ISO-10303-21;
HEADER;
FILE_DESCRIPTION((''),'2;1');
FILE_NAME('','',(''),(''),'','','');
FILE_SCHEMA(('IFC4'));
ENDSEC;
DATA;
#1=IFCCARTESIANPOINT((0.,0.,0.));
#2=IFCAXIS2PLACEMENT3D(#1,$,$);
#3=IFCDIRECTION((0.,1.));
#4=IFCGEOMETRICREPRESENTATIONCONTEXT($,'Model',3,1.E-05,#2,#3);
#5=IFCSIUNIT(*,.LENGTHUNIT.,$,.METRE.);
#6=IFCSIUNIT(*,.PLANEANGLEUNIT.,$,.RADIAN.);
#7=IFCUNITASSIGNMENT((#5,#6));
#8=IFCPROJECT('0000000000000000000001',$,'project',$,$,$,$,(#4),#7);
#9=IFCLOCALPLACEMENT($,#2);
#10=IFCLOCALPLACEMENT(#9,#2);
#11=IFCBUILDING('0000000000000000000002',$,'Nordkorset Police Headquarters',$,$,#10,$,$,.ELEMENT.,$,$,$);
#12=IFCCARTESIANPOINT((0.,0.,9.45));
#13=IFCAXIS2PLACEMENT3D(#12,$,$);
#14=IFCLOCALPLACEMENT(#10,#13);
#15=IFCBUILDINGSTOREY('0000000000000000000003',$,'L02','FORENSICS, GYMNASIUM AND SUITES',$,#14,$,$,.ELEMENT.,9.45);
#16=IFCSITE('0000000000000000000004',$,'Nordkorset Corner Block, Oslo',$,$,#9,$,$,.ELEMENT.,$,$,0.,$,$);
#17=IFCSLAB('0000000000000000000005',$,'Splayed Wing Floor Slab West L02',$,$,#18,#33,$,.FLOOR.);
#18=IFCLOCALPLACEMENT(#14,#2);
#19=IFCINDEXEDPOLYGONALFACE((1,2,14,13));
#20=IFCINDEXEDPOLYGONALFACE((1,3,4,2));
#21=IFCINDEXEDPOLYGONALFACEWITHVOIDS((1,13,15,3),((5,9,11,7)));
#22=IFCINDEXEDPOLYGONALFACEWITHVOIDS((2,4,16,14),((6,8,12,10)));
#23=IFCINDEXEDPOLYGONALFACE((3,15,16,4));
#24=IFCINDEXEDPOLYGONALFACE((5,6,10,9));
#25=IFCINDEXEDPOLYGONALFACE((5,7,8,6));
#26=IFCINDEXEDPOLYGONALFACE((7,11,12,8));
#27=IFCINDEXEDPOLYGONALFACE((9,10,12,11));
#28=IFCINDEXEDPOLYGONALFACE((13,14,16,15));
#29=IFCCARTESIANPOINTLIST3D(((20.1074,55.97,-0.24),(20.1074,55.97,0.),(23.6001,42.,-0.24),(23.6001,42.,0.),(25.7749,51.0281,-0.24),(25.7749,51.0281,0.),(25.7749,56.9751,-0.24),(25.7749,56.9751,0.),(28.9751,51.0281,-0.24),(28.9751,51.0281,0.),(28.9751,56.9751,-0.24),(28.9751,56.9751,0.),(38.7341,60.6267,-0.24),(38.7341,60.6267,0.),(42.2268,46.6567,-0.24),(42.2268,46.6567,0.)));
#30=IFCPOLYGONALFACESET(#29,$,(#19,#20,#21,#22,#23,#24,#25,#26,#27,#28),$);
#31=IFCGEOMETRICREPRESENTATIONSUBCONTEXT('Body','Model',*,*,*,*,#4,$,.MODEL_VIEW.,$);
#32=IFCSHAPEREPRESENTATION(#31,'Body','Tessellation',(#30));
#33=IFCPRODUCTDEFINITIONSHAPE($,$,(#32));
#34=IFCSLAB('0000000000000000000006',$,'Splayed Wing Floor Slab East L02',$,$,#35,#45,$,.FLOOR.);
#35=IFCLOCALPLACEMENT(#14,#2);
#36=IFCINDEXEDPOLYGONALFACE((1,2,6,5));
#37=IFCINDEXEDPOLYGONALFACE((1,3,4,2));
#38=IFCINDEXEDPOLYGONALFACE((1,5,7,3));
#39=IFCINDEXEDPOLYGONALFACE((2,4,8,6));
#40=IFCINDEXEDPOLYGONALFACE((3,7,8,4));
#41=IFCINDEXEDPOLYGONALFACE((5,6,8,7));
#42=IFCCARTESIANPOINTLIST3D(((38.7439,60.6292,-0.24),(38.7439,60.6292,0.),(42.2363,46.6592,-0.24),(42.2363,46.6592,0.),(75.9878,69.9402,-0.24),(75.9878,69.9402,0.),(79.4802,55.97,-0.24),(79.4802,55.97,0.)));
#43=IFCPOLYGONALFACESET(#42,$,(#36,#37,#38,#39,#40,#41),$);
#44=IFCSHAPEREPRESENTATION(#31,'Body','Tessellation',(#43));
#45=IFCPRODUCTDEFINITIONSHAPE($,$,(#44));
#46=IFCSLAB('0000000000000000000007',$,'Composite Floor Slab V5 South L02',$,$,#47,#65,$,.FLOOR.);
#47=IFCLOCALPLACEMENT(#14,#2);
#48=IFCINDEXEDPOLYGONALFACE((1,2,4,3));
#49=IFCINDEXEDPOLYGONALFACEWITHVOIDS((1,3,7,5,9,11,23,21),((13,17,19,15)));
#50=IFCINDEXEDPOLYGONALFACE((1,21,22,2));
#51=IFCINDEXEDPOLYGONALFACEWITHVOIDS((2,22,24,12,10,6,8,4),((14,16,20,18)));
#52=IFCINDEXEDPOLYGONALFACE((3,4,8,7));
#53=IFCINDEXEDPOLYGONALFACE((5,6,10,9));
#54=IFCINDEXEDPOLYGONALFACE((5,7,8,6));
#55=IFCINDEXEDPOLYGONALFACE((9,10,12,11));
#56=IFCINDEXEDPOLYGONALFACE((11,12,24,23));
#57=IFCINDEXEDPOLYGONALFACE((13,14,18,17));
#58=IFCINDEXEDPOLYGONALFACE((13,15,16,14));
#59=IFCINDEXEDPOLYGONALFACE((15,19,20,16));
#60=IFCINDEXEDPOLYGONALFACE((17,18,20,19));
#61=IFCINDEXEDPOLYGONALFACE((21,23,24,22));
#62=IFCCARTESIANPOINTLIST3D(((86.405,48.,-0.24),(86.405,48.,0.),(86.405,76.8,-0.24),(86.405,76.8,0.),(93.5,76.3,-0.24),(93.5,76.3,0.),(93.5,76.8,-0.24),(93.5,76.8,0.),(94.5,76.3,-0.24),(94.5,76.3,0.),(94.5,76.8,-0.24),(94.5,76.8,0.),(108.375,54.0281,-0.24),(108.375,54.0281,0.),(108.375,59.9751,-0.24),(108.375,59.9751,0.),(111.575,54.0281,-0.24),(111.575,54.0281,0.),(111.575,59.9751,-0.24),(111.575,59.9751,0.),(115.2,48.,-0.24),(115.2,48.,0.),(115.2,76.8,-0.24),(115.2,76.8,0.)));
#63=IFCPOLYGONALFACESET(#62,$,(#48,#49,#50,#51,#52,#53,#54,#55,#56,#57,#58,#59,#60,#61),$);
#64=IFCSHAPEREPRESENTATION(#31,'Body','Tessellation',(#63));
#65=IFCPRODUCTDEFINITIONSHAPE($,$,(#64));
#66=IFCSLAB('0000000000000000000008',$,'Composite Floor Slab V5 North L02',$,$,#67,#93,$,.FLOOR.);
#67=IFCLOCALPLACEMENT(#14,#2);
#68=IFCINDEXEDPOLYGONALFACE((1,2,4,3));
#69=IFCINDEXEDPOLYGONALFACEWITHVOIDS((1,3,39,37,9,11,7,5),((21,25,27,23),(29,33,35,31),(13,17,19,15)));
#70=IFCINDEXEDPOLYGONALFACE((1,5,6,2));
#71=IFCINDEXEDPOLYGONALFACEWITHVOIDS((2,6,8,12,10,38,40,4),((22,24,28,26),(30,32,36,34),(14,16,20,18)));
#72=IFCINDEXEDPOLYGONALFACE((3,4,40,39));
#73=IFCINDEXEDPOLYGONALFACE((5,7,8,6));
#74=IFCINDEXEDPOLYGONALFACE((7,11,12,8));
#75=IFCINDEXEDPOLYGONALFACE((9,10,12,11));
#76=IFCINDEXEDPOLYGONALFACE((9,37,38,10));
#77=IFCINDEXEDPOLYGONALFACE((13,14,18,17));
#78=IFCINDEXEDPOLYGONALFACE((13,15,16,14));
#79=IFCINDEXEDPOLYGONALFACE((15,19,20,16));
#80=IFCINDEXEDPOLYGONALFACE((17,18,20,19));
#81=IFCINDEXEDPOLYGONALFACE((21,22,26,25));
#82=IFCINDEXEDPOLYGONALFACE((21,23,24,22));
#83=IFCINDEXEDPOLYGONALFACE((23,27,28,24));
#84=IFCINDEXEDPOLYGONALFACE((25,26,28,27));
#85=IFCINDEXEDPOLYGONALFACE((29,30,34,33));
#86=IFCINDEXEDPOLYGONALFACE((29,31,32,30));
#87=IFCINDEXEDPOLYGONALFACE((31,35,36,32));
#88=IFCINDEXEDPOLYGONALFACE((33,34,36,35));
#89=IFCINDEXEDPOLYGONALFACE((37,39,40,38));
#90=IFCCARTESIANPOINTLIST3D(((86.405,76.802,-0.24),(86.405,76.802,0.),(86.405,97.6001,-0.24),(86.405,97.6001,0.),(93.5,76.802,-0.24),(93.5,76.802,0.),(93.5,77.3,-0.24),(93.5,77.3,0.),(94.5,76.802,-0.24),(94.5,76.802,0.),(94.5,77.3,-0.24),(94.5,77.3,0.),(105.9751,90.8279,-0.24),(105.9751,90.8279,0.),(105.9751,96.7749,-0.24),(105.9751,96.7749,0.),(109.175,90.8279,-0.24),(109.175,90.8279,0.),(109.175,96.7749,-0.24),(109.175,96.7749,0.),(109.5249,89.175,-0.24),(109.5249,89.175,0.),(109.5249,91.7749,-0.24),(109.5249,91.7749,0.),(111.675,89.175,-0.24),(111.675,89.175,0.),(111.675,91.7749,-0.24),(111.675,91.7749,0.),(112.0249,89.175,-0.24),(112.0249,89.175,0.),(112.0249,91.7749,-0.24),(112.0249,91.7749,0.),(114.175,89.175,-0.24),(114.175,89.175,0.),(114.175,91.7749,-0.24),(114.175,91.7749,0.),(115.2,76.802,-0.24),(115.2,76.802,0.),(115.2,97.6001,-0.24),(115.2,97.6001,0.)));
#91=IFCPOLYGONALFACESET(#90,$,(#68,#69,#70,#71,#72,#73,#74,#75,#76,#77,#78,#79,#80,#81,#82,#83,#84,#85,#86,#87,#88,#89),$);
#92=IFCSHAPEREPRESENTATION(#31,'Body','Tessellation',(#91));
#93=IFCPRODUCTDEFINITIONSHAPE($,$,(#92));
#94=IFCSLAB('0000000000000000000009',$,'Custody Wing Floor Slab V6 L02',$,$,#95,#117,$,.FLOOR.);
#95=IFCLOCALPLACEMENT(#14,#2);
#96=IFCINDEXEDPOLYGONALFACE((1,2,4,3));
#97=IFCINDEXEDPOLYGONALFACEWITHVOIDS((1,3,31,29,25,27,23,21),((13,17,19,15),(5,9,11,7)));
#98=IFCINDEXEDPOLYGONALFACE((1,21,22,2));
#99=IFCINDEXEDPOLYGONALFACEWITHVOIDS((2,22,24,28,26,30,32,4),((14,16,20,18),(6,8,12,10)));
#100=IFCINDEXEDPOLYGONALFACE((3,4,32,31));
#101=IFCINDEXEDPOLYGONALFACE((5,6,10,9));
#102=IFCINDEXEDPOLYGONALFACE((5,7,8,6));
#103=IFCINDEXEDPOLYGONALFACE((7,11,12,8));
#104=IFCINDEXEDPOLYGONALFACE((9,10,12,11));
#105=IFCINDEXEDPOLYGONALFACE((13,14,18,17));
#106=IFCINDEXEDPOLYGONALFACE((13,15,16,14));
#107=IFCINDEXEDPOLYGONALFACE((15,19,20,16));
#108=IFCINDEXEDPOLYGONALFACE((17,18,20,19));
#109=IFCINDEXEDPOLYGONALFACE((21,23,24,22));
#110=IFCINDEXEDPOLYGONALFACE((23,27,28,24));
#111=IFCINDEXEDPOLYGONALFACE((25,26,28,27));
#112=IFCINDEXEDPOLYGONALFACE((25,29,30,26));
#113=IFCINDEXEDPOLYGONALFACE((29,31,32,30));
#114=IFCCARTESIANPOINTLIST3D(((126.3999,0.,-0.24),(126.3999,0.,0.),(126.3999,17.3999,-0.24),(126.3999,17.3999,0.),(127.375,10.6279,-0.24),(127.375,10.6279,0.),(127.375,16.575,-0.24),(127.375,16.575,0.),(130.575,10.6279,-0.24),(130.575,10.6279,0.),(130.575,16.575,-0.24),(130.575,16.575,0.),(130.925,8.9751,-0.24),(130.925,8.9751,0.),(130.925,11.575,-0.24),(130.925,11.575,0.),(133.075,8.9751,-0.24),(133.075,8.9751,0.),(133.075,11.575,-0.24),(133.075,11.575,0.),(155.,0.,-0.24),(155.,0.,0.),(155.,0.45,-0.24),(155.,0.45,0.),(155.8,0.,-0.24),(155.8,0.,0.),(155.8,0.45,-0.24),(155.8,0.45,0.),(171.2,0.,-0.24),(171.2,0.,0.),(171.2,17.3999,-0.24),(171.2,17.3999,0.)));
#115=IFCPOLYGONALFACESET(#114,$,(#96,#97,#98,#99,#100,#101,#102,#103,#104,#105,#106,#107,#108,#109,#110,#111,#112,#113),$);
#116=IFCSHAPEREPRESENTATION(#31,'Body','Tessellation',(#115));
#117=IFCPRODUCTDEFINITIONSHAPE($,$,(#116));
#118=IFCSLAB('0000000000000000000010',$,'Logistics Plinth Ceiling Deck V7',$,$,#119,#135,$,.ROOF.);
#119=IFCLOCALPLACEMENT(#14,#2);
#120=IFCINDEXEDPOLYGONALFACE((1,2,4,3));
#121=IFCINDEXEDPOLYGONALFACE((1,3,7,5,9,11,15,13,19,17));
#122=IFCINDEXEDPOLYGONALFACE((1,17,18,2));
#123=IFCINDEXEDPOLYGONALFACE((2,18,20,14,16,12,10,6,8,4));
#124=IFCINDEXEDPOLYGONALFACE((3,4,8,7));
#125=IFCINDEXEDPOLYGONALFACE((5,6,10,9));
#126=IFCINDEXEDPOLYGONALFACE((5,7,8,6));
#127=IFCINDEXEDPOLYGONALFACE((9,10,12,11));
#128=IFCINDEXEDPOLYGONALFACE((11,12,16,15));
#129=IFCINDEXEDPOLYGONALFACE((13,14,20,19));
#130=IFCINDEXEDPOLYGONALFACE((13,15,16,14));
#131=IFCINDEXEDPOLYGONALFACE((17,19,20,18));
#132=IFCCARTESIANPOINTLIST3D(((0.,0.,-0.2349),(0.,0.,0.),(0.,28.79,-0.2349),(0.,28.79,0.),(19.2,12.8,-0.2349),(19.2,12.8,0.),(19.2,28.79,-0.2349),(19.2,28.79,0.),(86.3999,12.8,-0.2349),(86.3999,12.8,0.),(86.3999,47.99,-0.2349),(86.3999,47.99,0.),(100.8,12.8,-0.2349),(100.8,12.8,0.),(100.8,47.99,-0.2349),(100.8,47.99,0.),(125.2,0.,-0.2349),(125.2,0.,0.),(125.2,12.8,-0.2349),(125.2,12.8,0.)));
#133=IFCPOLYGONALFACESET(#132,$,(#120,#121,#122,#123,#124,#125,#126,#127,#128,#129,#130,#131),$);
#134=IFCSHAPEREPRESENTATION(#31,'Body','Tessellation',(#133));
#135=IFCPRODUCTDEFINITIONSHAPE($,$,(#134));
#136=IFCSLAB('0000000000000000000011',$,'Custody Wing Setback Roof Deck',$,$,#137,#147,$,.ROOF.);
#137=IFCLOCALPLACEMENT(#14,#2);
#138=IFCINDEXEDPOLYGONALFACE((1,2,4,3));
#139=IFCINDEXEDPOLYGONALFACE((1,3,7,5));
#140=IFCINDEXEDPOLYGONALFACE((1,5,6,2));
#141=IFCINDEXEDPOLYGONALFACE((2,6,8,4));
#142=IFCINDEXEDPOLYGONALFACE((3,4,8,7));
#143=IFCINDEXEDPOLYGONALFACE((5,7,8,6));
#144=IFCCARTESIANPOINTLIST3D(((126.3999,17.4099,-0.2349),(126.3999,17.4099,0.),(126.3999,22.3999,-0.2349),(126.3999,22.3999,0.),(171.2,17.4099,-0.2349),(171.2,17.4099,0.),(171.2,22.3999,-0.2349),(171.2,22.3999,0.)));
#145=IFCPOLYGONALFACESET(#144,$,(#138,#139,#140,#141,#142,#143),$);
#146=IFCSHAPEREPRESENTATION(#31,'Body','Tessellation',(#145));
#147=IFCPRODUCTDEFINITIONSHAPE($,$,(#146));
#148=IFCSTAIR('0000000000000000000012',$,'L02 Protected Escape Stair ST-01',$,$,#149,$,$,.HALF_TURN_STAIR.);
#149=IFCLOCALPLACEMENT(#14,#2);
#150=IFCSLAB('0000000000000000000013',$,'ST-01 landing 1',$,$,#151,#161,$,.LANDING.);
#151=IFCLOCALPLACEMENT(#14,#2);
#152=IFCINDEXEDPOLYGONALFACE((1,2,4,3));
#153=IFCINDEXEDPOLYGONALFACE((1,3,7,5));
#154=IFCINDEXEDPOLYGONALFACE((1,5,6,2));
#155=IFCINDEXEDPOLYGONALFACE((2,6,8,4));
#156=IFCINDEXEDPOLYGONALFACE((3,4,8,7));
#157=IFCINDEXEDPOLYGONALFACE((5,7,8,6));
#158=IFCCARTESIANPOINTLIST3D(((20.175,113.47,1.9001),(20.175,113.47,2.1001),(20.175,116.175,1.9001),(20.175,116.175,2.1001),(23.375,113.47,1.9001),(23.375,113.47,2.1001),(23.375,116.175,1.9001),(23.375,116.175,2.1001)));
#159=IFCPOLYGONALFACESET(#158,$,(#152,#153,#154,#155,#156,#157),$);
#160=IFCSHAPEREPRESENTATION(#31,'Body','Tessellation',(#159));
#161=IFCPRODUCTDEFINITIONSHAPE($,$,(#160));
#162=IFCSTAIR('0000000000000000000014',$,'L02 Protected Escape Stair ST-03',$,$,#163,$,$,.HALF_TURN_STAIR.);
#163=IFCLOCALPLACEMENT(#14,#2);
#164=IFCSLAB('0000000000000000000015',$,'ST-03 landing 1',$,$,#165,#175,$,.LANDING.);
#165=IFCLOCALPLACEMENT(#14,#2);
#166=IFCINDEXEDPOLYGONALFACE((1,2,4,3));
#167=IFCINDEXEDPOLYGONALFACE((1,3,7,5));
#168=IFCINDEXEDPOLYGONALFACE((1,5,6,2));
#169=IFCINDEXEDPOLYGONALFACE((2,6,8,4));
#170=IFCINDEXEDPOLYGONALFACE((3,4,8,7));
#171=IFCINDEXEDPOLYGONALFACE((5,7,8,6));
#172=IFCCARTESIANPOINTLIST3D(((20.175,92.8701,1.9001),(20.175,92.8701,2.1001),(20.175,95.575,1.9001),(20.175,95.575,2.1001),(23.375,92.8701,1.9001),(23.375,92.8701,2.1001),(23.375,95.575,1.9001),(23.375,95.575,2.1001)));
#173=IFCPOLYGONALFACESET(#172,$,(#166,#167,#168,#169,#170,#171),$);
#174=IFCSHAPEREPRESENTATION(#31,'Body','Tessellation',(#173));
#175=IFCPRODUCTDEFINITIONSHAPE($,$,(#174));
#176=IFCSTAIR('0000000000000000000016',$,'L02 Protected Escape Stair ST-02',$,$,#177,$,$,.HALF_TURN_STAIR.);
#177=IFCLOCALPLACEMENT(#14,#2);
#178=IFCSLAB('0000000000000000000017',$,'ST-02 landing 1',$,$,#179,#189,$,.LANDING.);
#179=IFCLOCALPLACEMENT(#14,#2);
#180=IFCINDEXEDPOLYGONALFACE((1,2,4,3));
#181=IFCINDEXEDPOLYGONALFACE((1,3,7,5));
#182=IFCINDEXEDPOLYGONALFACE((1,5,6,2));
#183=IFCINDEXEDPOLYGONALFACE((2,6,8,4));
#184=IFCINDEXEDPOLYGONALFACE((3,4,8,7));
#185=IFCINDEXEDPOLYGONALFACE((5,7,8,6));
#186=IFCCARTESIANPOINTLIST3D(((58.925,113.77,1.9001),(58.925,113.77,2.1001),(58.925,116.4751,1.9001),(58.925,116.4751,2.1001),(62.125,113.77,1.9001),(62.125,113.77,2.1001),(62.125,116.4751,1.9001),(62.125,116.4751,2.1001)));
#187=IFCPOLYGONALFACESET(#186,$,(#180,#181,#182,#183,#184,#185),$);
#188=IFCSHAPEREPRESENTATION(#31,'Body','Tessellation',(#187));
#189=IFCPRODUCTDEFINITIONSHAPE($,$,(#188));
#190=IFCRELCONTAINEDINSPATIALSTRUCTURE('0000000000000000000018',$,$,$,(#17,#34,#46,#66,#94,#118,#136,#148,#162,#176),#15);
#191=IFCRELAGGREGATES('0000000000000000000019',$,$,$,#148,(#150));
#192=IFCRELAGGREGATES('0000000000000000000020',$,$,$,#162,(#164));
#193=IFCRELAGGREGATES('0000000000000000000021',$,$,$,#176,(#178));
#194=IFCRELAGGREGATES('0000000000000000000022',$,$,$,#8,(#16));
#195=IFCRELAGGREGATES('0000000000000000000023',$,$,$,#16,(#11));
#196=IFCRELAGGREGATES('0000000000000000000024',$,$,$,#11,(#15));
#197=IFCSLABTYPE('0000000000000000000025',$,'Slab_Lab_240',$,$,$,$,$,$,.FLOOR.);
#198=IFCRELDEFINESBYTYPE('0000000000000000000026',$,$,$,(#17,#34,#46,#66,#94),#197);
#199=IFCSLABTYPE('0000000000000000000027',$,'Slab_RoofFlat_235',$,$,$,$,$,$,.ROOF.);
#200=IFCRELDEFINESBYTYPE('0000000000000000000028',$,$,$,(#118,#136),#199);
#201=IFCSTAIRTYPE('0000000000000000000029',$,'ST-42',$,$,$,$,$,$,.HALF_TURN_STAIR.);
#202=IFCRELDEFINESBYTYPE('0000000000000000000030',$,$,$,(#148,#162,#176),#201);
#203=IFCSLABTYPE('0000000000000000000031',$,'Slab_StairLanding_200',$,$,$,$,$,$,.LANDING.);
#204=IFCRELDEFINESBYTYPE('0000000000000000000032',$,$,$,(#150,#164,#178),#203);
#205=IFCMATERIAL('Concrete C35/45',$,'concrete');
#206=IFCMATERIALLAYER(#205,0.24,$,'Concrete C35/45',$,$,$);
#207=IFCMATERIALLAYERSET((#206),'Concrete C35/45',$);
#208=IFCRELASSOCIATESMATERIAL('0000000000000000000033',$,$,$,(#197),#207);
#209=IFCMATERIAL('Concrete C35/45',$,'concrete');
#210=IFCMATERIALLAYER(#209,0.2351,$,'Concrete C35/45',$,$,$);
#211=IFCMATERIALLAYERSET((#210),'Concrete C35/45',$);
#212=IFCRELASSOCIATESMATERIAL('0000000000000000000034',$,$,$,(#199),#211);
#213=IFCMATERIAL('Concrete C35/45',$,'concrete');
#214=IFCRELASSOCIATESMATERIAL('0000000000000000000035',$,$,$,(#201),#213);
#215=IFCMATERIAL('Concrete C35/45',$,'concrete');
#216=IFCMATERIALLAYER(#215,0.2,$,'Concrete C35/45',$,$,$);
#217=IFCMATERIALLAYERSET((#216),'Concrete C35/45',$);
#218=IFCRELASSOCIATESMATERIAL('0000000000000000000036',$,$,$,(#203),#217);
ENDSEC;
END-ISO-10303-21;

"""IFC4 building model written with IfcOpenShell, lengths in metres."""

from ifc_helpers import new_model, si_unit, direction, frame, origin, place, context, subcontext, project, spatial, polyline, outline, extrude, material, layer, layer_set, type_object, element, aggregate, save


model = new_model("IFC4")

# Units and contexts
model_context = context("Model", 3, precision=1e-05, world=origin(), true_north=direction((0.0, 1.0)))
body_context = subcontext(model_context, "Body", "Model", "MODEL_VIEW")
ifc_project = project(units=[si_unit("LENGTHUNIT", "METRE"), si_unit("PLANEANGLEUNIT", "RADIAN")], contexts=[model_context])

# Site, building, storey
site_placement = place(None, origin())
site = spatial("IfcSite", under=ifc_project, at=site_placement, Name="Nordkorset Corner Block, Oslo", CompositionType="ELEMENT", RefElevation=0.0)
building_placement = place(site_placement, origin())
building = spatial("IfcBuilding", under=site, at=building_placement, Name="Nordkorset Police Headquarters", CompositionType="ELEMENT")
storey_placement = place(building_placement, frame((0.0, 0.0, 9.45)))
storey = spatial("IfcBuildingStorey", under=building, at=storey_placement, Name="L02", Description="FORENSICS, GYMNASIUM AND SUITES", CompositionType="ELEMENT", Elevation=9.45)

# Slabs
ifc_material_1 = material(Name="Concrete C35/45", Category="concrete")
ifc_layer_1 = layer(ifc_material_1, 0.24, Name="Concrete C35/45")
ifc_layer_set_1 = layer_set([ifc_layer_1], Name="Concrete C35/45")
slab_type_1 = type_object("IfcSlabType", Name="Slab_Lab_240", PredefinedType="FLOOR", material=ifc_layer_set_1)
slab_1_placement = place(storey_placement, frame((0.0, 0.0, -0.24)))
element("IfcSlab", 1, at=slab_1_placement, inside=storey, type_object=slab_type_1, Name="Splayed Wing Floor Slab West L02", PredefinedType="FLOOR", context=body_context, shape_type="SweptSolid", body=[
    extrude(outline(polyline([(20.1074, 55.97), (38.7341, 60.6267), (42.2268, 46.6567), (23.6001, 42.0), (20.1074, 55.97)]), holes=[polyline([(28.9751, 56.9751), (25.7749, 56.9751), (25.7749, 51.0281), (28.9751, 51.0281), (28.9751, 56.9751)])]), origin(), (0.0, 0.0, 1.0), 0.24),
])
slab_2_placement = place(storey_placement, frame((0.0, 0.0, -0.24)))
element("IfcSlab", 2, at=slab_2_placement, inside=storey, type_object=slab_type_1, Name="Splayed Wing Floor Slab East L02", PredefinedType="FLOOR", context=body_context, shape_type="SweptSolid", body=[
    extrude(outline(polyline([(42.2363, 46.6592), (79.4802, 55.97), (75.9878, 69.9402), (38.7439, 60.6292), (42.2363, 46.6592)])), origin(), (0.0, 0.0, 1.0), 0.24),
])
slab_3_placement = place(storey_placement, frame((0.0, 0.0, -0.24)))
element("IfcSlab", 3, at=slab_3_placement, inside=storey, type_object=slab_type_1, Name="Composite Floor Slab V5 South L02", PredefinedType="FLOOR", context=body_context, shape_type="SweptSolid", body=[
    extrude(outline(polyline([(86.405, 76.8), (93.5, 76.8), (93.5, 76.3), (94.5, 76.3), (94.5, 76.8), (115.2, 76.8), (115.2, 48.0), (86.405, 48.0), (86.405, 76.8)]), holes=[polyline([(111.575, 59.9751), (108.375, 59.9751), (108.375, 54.0281), (111.575, 54.0281), (111.575, 59.9751)])]), origin(), (0.0, 0.0, 1.0), 0.24),
])
slab_4_placement = place(storey_placement, frame((0.0, 0.0, -0.24)))
element("IfcSlab", 4, at=slab_4_placement, inside=storey, type_object=slab_type_1, Name="Composite Floor Slab V5 North L02", PredefinedType="FLOOR", context=body_context, shape_type="SweptSolid", body=[
    extrude(outline(polyline([(115.2, 76.802), (94.5, 76.802), (94.5, 77.3), (93.5, 77.3), (93.5, 76.802), (86.405, 76.802), (86.405, 97.6001), (115.2, 97.6001), (115.2, 76.802)]), holes=[polyline([(105.9751, 90.8279), (109.175, 90.8279), (109.175, 96.7749), (105.9751, 96.7749), (105.9751, 90.8279)]), polyline([(109.5249, 91.7749), (109.5249, 89.175), (111.675, 89.175), (111.675, 91.7749), (109.5249, 91.7749)]), polyline([(114.175, 91.7749), (112.0249, 91.7749), (112.0249, 89.175), (114.175, 89.175), (114.175, 91.7749)])]), origin(), (0.0, 0.0, 1.0), 0.24),
])
slab_5_placement = place(storey_placement, frame((0.0, 0.0, -0.24)))
element("IfcSlab", 5, at=slab_5_placement, inside=storey, type_object=slab_type_1, Name="Custody Wing Floor Slab V6 L02", PredefinedType="FLOOR", context=body_context, shape_type="SweptSolid", body=[
    extrude(outline(polyline([(171.2, 17.3999), (171.2, 0.0), (155.8, 0.0), (155.8, 0.45), (155.0, 0.45), (155.0, 0.0), (126.3999, 0.0), (126.3999, 17.3999), (171.2, 17.3999)]), holes=[polyline([(127.375, 16.575), (127.375, 10.6279), (130.575, 10.6279), (130.575, 16.575), (127.375, 16.575)]), polyline([(133.075, 11.575), (130.925, 11.575), (130.925, 8.9751), (133.075, 8.9751), (133.075, 11.575)])]), origin(), (0.0, 0.0, 1.0), 0.24),
])
ifc_material_2 = material(Name="Concrete C35/45", Category="concrete")
ifc_layer_2 = layer(ifc_material_2, 0.2351, Name="Concrete C35/45")
ifc_layer_set_2 = layer_set([ifc_layer_2], Name="Concrete C35/45")
slab_type_2 = type_object("IfcSlabType", Name="Slab_RoofFlat_235", PredefinedType="ROOF", material=ifc_layer_set_2)
slab_6_placement = place(storey_placement, frame((0.0, 0.0, -0.2349)))
element("IfcSlab", 6, at=slab_6_placement, inside=storey, type_object=slab_type_2, Name="Logistics Plinth Ceiling Deck V7", PredefinedType="ROOF", context=body_context, shape_type="SweptSolid", body=[
    extrude(outline(polyline([(0.0, 0.0), (125.2, 0.0), (125.2, 12.8), (100.8, 12.8), (100.8, 47.99), (86.3999, 47.99), (86.3999, 12.8), (19.2, 12.8), (19.2, 28.79), (0.0, 28.79), (0.0, 0.0)])), origin(), (0.0, 0.0, 1.0), 0.2349),
])
slab_7_placement = place(storey_placement, frame((0.0, 0.0, -0.2349)))
element("IfcSlab", 7, at=slab_7_placement, inside=storey, type_object=slab_type_2, Name="Custody Wing Setback Roof Deck", PredefinedType="ROOF", context=body_context, shape_type="SweptSolid", body=[
    extrude(outline(polyline([(126.3999, 17.4099), (171.2, 17.4099), (171.2, 22.3999), (126.3999, 22.3999), (126.3999, 17.4099)])), origin(), (0.0, 0.0, 1.0), 0.2349),
])

# Stairs, slabs
ifc_material_3 = material(Name="Concrete C35/45", Category="concrete")
stair_type = type_object("IfcStairType", Name="ST-42", PredefinedType="HALF_TURN_STAIR", material=ifc_material_3)
stair_1_placement = place(storey_placement, origin())
stair_1 = element("IfcStair", 8, at=stair_1_placement, inside=storey, type_object=stair_type, Name="L02 Protected Escape Stair ST-01", PredefinedType="HALF_TURN_STAIR")
ifc_material_4 = material(Name="Concrete C35/45", Category="concrete")
ifc_layer_3 = layer(ifc_material_4, 0.2, Name="Concrete C35/45")
ifc_layer_set_3 = layer_set([ifc_layer_3], Name="Concrete C35/45")
slab_type_3 = type_object("IfcSlabType", Name="Slab_StairLanding_200", PredefinedType="LANDING", material=ifc_layer_set_3)
slab_8_placement = place(storey_placement, frame((0.0, 0.0, 1.9001)))
slab_8 = element("IfcSlab", 9, at=slab_8_placement, type_object=slab_type_3, Name="ST-01 landing 1", PredefinedType="LANDING", context=body_context, shape_type="SweptSolid", body=[
    extrude(outline(polyline([(23.375, 113.47), (23.375, 116.175), (20.175, 116.175), (20.175, 113.47), (23.375, 113.47)])), origin(), (0.0, 0.0, 1.0), 0.2),
])
aggregate(stair_1, [slab_8])
stair_2_placement = place(storey_placement, origin())
stair_2 = element("IfcStair", 10, at=stair_2_placement, inside=storey, type_object=stair_type, Name="L02 Protected Escape Stair ST-03", PredefinedType="HALF_TURN_STAIR")
slab_9_placement = place(storey_placement, frame((0.0, 0.0, 1.9001)))
slab_9 = element("IfcSlab", 11, at=slab_9_placement, type_object=slab_type_3, Name="ST-03 landing 1", PredefinedType="LANDING", context=body_context, shape_type="SweptSolid", body=[
    extrude(outline(polyline([(23.375, 92.8701), (23.375, 95.575), (20.175, 95.575), (20.175, 92.8701), (23.375, 92.8701)])), origin(), (0.0, 0.0, 1.0), 0.2),
])
aggregate(stair_2, [slab_9])
stair_3_placement = place(storey_placement, origin())
stair_3 = element("IfcStair", 12, at=stair_3_placement, inside=storey, type_object=stair_type, Name="L02 Protected Escape Stair ST-02", PredefinedType="HALF_TURN_STAIR")
slab_10_placement = place(storey_placement, frame((0.0, 0.0, 1.9001)))
slab_10 = element("IfcSlab", 13, at=slab_10_placement, type_object=slab_type_3, Name="ST-02 landing 1", PredefinedType="LANDING", context=body_context, shape_type="SweptSolid", body=[
    extrude(outline(polyline([(62.125, 113.77), (62.125, 116.4751), (58.925, 116.4751), (58.925, 113.77), (62.125, 113.77)])), origin(), (0.0, 0.0, 1.0), 0.2),
])
aggregate(stair_3, [slab_10])

save(model, "model.ifc")
